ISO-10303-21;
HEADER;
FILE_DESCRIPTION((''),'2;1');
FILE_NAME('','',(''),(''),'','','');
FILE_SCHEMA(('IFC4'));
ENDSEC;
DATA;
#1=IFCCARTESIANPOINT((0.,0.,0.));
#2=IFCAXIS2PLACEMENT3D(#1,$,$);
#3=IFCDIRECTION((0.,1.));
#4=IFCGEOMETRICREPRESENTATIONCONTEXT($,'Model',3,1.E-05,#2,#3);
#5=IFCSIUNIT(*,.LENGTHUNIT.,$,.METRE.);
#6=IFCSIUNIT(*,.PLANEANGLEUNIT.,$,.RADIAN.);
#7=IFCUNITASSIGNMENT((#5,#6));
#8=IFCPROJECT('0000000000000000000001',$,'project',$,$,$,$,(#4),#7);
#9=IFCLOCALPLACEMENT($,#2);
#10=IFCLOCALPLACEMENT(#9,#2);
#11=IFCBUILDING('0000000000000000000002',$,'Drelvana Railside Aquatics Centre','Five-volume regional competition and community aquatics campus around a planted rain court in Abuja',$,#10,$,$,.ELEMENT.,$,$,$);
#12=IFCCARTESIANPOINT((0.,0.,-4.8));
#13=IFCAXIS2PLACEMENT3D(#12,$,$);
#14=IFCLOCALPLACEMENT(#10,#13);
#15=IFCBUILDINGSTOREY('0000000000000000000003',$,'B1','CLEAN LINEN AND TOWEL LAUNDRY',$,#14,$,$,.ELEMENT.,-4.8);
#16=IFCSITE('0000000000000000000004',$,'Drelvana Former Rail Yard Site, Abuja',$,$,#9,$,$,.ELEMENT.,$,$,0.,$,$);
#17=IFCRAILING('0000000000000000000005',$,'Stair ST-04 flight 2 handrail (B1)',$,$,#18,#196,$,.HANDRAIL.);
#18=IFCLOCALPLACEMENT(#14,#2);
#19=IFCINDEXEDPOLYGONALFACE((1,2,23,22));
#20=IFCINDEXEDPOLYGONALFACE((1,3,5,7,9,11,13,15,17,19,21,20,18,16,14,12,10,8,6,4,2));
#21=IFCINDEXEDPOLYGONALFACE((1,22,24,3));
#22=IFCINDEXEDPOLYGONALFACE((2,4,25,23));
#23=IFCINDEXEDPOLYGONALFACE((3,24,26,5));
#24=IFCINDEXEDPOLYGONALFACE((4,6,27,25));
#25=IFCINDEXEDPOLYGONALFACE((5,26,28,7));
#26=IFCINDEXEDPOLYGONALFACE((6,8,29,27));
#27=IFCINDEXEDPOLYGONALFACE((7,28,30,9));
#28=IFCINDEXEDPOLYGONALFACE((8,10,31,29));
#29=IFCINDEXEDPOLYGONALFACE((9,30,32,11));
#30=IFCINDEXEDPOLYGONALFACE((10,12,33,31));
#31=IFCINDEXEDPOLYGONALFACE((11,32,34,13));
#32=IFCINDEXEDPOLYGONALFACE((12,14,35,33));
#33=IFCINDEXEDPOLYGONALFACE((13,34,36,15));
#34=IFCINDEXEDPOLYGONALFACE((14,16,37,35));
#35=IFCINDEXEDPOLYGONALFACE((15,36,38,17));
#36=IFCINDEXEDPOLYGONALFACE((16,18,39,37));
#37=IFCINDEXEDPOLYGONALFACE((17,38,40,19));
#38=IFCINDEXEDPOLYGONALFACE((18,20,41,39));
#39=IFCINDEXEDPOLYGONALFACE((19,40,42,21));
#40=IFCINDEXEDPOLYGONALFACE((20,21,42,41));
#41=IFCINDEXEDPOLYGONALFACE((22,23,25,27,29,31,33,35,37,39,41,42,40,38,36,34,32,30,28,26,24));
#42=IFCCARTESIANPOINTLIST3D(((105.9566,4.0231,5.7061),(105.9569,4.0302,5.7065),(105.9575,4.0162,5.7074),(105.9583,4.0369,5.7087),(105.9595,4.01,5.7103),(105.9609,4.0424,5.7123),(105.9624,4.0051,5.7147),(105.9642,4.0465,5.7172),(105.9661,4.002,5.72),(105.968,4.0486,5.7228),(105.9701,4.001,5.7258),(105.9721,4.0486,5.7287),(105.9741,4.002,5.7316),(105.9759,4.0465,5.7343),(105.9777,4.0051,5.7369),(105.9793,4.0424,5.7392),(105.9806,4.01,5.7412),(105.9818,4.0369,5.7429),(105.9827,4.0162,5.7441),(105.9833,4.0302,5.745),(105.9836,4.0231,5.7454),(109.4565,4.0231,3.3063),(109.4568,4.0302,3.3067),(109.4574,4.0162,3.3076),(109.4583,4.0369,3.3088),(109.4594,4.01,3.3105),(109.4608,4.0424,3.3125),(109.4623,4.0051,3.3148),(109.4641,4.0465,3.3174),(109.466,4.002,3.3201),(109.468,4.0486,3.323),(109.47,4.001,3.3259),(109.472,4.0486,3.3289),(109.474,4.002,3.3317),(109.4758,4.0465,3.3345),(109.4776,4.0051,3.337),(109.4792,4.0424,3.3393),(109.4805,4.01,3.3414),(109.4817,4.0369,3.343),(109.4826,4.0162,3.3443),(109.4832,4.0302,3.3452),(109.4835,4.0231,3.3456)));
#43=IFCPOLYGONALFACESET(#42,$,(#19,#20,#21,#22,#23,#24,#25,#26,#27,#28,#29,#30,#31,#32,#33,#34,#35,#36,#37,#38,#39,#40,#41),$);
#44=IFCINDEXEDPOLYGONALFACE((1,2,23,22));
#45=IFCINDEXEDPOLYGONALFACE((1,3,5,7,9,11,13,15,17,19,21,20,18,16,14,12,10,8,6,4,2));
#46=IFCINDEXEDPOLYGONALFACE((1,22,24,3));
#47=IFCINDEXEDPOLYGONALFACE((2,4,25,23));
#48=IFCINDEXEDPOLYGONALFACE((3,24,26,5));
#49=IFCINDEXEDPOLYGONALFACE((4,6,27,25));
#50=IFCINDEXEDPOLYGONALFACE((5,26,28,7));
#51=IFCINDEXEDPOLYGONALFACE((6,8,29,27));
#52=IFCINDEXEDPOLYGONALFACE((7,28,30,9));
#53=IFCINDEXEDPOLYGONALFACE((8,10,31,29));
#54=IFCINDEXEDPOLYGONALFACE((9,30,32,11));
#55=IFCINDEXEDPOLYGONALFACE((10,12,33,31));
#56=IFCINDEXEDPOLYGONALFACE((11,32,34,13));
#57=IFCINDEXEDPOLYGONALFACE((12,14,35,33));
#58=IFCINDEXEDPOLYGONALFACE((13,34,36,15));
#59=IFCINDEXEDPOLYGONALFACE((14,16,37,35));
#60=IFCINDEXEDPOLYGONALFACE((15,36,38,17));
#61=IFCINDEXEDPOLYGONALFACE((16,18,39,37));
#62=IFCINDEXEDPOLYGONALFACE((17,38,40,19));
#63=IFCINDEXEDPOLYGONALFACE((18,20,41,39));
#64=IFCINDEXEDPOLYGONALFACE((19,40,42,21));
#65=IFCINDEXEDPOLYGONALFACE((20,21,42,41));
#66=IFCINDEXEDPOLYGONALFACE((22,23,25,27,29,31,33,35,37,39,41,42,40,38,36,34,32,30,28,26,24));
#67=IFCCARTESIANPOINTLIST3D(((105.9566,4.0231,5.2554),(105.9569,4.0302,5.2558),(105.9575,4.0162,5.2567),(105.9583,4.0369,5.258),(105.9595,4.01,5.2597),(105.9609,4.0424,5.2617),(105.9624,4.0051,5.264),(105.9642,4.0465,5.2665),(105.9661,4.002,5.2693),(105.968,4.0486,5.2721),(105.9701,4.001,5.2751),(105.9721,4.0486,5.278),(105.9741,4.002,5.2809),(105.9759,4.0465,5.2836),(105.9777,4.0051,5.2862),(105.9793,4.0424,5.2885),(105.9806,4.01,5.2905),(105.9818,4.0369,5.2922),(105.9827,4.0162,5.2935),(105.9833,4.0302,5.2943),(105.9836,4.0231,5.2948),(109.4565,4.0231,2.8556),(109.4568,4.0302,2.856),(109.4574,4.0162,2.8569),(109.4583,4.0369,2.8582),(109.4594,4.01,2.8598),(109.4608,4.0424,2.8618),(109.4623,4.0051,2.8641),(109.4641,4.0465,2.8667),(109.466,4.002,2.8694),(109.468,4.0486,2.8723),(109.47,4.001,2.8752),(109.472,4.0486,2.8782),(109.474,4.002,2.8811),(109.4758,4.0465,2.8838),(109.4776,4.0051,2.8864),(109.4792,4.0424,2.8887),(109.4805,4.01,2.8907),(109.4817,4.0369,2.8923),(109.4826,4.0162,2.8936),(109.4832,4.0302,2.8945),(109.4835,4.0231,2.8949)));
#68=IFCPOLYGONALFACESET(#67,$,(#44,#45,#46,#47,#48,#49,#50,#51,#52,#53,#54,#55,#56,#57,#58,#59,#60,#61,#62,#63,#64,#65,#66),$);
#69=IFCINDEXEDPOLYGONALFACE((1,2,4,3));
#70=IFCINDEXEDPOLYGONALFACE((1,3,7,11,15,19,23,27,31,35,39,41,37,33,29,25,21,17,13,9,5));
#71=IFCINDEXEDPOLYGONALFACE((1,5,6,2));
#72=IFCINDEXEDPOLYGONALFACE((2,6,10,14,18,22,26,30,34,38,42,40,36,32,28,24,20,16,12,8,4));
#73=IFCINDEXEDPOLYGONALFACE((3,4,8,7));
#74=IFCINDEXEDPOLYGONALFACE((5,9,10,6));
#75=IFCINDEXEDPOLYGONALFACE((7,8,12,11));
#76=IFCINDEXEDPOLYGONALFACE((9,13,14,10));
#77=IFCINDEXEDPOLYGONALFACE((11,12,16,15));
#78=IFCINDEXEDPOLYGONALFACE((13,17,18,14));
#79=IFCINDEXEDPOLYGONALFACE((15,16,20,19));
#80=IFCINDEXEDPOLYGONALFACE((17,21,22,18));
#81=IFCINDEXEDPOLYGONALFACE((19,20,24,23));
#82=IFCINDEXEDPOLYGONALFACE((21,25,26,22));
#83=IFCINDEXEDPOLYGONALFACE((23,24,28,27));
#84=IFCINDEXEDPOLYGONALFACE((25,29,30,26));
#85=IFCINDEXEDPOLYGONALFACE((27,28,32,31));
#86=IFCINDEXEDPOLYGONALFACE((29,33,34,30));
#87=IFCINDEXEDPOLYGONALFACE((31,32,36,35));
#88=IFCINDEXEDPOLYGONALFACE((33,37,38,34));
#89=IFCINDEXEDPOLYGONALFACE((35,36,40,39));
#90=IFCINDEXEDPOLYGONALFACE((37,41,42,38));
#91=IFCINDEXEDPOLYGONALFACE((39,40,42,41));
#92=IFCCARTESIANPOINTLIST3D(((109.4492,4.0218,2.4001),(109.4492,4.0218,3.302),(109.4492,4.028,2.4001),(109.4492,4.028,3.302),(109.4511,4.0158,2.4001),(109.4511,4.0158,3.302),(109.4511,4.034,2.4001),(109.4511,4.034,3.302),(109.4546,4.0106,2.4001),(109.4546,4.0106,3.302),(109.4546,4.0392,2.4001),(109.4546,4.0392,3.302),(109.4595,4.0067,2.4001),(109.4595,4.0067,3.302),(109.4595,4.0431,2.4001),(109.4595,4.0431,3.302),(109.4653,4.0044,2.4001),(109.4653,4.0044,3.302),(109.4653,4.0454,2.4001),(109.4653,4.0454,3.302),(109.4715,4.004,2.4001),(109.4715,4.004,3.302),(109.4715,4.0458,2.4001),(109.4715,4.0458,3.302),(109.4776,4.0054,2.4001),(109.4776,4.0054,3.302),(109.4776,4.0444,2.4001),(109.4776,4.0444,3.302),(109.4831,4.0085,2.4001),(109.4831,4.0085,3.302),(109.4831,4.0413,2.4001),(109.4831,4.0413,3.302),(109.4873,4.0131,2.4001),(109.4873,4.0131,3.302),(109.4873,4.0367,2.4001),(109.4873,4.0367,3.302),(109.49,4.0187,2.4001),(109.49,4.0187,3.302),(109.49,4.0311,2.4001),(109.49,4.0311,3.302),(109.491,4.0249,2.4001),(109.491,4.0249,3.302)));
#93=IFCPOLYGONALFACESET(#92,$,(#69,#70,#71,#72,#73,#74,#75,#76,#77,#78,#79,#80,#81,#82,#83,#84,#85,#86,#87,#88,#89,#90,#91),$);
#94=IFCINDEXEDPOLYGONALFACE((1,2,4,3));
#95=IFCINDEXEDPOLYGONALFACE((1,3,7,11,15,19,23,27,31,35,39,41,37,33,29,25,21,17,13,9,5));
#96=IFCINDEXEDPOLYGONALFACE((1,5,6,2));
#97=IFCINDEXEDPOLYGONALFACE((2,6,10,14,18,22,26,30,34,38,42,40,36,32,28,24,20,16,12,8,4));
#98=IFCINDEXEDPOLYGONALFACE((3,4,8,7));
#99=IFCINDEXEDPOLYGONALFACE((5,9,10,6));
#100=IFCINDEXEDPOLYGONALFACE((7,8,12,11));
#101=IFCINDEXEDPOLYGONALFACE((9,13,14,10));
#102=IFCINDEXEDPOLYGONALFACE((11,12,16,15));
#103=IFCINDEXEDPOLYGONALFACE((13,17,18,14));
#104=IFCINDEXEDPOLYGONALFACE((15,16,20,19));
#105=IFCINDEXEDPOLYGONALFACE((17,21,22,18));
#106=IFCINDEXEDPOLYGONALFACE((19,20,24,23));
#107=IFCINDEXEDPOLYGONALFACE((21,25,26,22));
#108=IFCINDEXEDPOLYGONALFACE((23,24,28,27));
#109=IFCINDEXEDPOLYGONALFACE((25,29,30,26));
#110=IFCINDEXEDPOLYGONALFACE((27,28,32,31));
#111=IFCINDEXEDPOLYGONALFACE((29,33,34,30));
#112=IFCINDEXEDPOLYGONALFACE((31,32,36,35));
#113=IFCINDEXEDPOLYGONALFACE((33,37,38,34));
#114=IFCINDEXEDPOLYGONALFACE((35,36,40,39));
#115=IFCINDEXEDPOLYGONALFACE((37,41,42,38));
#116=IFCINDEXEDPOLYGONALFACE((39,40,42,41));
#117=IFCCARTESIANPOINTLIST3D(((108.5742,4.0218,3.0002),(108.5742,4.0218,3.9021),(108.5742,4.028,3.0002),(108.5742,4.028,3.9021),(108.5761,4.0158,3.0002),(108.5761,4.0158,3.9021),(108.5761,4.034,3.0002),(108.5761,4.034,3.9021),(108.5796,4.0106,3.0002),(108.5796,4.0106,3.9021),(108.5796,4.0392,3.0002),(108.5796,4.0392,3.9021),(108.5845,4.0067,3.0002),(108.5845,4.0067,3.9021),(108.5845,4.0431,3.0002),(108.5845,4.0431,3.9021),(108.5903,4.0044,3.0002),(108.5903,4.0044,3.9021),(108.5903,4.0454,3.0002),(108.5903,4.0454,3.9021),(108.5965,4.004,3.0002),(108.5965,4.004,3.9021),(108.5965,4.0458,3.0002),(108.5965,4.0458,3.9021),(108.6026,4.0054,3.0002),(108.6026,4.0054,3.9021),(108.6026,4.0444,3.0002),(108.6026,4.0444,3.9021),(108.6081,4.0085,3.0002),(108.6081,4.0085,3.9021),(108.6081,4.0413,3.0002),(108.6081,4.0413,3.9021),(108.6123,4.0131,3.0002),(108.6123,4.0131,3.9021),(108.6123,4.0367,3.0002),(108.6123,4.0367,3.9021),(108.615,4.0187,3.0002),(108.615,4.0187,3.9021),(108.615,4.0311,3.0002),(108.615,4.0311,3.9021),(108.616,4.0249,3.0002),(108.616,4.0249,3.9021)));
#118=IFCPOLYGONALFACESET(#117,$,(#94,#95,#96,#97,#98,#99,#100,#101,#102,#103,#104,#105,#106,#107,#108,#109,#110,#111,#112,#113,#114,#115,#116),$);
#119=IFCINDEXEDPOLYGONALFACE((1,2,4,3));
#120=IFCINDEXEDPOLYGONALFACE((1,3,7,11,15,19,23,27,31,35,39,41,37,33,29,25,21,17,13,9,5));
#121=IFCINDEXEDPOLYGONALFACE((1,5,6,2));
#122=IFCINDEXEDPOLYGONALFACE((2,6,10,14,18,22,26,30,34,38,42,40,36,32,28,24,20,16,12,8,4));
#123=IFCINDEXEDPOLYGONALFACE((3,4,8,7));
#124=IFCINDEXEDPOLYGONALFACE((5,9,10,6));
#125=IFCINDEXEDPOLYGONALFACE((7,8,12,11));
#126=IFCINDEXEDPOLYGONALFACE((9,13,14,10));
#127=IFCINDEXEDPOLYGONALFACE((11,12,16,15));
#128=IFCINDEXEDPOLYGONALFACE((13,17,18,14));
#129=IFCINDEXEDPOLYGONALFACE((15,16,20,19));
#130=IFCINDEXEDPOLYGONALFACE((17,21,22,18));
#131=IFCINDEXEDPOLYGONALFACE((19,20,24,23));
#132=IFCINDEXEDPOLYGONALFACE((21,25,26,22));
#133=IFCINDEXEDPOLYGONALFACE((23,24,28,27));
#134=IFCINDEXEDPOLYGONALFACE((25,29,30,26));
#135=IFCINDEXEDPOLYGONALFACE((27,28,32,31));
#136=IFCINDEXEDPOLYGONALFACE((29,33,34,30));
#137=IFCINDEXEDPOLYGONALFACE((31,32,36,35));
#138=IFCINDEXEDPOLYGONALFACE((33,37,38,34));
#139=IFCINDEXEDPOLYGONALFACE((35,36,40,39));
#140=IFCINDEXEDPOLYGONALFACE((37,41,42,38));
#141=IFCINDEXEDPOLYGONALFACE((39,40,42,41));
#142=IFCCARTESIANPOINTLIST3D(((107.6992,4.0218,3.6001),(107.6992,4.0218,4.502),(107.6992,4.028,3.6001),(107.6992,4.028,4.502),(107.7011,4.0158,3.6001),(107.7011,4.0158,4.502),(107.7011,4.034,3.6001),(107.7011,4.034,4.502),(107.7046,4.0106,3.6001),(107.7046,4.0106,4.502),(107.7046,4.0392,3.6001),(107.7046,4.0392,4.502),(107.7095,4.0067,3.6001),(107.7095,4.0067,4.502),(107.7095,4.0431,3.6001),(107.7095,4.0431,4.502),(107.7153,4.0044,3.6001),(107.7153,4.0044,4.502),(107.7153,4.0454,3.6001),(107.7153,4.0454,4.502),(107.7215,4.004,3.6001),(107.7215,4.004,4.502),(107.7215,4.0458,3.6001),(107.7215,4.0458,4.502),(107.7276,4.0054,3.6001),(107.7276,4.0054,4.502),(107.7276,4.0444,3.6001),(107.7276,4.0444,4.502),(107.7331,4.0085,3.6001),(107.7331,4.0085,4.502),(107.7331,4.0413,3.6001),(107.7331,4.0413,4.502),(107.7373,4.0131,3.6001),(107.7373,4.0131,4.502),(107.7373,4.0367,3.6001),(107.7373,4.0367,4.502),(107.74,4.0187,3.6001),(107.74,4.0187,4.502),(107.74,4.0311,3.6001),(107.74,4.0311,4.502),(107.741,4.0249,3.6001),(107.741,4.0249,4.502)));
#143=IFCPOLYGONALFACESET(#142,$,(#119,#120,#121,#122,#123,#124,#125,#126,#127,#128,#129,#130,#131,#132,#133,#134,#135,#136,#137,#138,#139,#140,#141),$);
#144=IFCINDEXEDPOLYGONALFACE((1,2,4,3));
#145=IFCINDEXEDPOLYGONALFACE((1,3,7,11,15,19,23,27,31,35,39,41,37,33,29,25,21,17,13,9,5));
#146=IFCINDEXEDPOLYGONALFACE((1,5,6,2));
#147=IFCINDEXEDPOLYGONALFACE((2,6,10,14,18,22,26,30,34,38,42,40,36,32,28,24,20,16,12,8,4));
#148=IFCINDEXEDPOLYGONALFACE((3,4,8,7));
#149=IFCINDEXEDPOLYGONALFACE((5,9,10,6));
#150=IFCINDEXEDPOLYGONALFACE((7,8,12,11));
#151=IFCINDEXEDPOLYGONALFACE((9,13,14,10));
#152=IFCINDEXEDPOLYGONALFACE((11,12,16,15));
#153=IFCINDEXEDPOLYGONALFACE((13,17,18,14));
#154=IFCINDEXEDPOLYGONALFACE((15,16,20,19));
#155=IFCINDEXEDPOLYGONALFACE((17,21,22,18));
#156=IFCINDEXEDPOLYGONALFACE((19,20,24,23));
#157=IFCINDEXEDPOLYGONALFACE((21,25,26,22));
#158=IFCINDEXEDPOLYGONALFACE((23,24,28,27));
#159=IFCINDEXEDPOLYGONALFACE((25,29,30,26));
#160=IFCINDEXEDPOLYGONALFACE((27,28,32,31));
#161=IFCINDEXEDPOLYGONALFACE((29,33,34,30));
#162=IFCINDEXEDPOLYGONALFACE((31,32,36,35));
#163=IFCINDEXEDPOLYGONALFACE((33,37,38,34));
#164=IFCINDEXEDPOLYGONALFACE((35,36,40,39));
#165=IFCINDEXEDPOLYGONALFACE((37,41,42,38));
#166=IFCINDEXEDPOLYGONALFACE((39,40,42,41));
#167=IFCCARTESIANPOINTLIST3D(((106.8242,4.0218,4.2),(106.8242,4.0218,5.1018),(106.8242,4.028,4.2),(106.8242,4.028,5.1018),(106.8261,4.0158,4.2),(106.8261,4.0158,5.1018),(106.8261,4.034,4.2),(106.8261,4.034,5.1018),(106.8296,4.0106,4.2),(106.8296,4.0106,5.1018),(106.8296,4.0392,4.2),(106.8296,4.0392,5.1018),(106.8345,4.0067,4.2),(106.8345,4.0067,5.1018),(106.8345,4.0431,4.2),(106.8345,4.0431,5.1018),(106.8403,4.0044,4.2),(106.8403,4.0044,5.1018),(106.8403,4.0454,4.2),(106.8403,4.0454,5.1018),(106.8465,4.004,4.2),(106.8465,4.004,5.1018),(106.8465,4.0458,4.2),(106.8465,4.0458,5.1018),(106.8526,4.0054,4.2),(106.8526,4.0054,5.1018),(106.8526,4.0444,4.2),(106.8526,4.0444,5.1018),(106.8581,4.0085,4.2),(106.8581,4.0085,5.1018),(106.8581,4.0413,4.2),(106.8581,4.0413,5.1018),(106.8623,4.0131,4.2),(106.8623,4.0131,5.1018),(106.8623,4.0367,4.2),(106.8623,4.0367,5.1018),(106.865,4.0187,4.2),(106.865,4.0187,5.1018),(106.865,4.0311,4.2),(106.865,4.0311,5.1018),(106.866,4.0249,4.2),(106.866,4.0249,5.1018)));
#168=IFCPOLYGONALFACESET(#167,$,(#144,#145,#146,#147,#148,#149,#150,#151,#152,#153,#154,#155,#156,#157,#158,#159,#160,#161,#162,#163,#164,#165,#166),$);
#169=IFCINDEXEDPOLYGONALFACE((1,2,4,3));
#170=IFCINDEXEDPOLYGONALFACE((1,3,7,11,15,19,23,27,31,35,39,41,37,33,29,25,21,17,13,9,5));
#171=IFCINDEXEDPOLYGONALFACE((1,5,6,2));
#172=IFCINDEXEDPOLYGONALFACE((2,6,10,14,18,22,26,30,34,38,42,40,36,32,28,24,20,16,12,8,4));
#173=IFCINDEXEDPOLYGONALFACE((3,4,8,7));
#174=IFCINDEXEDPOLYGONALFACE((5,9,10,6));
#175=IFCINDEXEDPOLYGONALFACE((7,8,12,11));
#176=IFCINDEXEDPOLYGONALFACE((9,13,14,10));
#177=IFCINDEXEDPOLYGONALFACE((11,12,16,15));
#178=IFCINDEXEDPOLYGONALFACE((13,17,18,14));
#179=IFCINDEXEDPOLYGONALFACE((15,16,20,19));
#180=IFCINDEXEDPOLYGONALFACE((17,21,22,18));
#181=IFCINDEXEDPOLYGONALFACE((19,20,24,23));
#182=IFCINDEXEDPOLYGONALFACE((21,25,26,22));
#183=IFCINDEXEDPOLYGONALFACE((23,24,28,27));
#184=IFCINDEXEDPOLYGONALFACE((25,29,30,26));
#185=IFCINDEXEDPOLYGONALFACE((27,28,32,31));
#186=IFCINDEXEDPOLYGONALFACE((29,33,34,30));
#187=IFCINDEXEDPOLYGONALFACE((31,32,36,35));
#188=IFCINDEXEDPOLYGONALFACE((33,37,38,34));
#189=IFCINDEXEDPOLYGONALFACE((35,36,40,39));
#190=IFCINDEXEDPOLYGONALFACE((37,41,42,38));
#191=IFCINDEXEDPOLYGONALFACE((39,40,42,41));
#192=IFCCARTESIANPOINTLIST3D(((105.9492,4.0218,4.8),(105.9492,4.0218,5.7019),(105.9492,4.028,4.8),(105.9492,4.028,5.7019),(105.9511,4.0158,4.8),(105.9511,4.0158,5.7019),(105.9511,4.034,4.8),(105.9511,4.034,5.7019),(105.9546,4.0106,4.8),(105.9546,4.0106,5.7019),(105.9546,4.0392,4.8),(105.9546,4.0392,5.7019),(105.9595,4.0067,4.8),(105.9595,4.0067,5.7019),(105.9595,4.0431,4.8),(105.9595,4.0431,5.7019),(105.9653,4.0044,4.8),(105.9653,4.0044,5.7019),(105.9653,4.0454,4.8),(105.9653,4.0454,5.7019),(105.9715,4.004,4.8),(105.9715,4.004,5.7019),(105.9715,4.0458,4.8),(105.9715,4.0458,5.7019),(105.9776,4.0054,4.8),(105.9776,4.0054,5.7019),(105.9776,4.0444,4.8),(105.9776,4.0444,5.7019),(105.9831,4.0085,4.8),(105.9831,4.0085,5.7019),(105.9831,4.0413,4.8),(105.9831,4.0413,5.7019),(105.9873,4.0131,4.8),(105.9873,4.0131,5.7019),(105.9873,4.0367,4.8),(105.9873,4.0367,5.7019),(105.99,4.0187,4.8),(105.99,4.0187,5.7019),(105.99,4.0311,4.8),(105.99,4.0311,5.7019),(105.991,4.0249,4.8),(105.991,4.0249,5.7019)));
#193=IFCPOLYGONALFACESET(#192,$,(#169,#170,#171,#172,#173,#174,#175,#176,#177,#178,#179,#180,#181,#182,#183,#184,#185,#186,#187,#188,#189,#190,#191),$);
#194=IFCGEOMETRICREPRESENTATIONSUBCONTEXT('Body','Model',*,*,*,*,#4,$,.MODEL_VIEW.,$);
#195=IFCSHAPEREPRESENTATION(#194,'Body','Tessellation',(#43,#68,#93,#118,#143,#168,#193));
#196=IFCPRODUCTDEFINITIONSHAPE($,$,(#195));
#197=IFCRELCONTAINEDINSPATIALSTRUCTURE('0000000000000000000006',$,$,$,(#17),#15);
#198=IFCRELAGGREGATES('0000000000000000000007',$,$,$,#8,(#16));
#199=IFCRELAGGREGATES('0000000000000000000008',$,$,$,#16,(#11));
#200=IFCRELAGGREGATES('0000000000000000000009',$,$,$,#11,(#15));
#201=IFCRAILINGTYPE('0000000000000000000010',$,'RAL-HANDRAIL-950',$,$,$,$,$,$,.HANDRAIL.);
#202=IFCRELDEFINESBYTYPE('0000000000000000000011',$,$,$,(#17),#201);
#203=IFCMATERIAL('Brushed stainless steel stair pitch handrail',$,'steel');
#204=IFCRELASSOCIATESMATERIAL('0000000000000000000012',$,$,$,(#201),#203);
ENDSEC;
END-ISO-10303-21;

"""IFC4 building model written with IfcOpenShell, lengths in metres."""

from ifc_helpers import new_model, si_unit, direction, frame, origin, origin_2d, place, context, subcontext, project, spatial, circle, extrude, material, type_object, element, save


model = new_model("IFC4")

# Units and contexts
model_context = context("Model", 3, precision=1e-05, world=origin(), true_north=direction((0.0, 1.0)))
body_context = subcontext(model_context, "Body", "Model", "MODEL_VIEW")
ifc_project = project(units=[si_unit("LENGTHUNIT", "METRE"), si_unit("PLANEANGLEUNIT", "RADIAN")], contexts=[model_context])

# Site, building, storey
site_placement = place(None, origin())
site = spatial("IfcSite", under=ifc_project, at=site_placement, Name="Drelvana Former Rail Yard Site, Abuja", CompositionType="ELEMENT", RefElevation=0.0)
building_placement = place(site_placement, origin())
building = spatial("IfcBuilding", under=site, at=building_placement, Name="Drelvana Railside Aquatics Centre", Description="Five-volume regional competition and community aquatics campus around a planted rain court in Abuja", CompositionType="ELEMENT")
storey_placement = place(building_placement, frame((0.0, 0.0, -4.8)))
storey = spatial("IfcBuildingStorey", under=building, at=storey_placement, Name="B1", Description="CLEAN LINEN AND TOWEL LAUNDRY", CompositionType="ELEMENT", Elevation=-4.8)

# Railing
ifc_material_1 = material(Name="Brushed stainless steel stair pitch handrail", Category="steel")
railing_type = type_object("IfcRailingType", Name="RAL-HANDRAIL-950", PredefinedType="HANDRAIL", material=ifc_material_1)
railing_1_placement = place(storey_placement, frame((109.47, 4.0249, 2.4001)))
element("IfcRailing", 1, at=railing_1_placement, inside=storey, type_object=railing_type, Name="Stair ST-04 flight 2 handrail (B1)", PredefinedType="HANDRAIL", context=body_context, shape_type="SweptSolid", body=[
    extrude(circle(Radius=0.0239, at=origin_2d()), frame((0.0, 0.0, 0.9258), z_axis=(-0.82474, 0.0, 0.565513), x_axis=(0.0, -1.0, 0.0)), (0.0, 0.0, 1.0), 4.2437),
    extrude(circle(Radius=0.0239, at=origin_2d()), frame((0.0, 0.0, 0.4751), z_axis=(-0.82474, 0.0, 0.565513), x_axis=(0.0, -1.0, 0.0)), (0.0, 0.0, 1.0), 4.2437),
    extrude(circle(Radius=0.021, at=origin_2d()), origin(), (0.0, 0.0, 1.0), 0.9019),
    extrude(circle(Radius=0.021, at=origin_2d()), frame((-0.875, 0.0, 0.6001)), (0.0, 0.0, 1.0), 0.9019),
    extrude(circle(Radius=0.021, at=origin_2d()), frame((-1.75, 0.0, 1.2)), (0.0, 0.0, 1.0), 0.9019),
    extrude(circle(Radius=0.021, at=origin_2d()), frame((-2.625, 0.0, 1.7998)), (0.0, 0.0, 1.0), 0.9019),
    extrude(circle(Radius=0.021, at=origin_2d()), frame((-3.5, 0.0, 2.3999)), (0.0, 0.0, 1.0), 0.9019),
])

save(model, "model.ifc")
